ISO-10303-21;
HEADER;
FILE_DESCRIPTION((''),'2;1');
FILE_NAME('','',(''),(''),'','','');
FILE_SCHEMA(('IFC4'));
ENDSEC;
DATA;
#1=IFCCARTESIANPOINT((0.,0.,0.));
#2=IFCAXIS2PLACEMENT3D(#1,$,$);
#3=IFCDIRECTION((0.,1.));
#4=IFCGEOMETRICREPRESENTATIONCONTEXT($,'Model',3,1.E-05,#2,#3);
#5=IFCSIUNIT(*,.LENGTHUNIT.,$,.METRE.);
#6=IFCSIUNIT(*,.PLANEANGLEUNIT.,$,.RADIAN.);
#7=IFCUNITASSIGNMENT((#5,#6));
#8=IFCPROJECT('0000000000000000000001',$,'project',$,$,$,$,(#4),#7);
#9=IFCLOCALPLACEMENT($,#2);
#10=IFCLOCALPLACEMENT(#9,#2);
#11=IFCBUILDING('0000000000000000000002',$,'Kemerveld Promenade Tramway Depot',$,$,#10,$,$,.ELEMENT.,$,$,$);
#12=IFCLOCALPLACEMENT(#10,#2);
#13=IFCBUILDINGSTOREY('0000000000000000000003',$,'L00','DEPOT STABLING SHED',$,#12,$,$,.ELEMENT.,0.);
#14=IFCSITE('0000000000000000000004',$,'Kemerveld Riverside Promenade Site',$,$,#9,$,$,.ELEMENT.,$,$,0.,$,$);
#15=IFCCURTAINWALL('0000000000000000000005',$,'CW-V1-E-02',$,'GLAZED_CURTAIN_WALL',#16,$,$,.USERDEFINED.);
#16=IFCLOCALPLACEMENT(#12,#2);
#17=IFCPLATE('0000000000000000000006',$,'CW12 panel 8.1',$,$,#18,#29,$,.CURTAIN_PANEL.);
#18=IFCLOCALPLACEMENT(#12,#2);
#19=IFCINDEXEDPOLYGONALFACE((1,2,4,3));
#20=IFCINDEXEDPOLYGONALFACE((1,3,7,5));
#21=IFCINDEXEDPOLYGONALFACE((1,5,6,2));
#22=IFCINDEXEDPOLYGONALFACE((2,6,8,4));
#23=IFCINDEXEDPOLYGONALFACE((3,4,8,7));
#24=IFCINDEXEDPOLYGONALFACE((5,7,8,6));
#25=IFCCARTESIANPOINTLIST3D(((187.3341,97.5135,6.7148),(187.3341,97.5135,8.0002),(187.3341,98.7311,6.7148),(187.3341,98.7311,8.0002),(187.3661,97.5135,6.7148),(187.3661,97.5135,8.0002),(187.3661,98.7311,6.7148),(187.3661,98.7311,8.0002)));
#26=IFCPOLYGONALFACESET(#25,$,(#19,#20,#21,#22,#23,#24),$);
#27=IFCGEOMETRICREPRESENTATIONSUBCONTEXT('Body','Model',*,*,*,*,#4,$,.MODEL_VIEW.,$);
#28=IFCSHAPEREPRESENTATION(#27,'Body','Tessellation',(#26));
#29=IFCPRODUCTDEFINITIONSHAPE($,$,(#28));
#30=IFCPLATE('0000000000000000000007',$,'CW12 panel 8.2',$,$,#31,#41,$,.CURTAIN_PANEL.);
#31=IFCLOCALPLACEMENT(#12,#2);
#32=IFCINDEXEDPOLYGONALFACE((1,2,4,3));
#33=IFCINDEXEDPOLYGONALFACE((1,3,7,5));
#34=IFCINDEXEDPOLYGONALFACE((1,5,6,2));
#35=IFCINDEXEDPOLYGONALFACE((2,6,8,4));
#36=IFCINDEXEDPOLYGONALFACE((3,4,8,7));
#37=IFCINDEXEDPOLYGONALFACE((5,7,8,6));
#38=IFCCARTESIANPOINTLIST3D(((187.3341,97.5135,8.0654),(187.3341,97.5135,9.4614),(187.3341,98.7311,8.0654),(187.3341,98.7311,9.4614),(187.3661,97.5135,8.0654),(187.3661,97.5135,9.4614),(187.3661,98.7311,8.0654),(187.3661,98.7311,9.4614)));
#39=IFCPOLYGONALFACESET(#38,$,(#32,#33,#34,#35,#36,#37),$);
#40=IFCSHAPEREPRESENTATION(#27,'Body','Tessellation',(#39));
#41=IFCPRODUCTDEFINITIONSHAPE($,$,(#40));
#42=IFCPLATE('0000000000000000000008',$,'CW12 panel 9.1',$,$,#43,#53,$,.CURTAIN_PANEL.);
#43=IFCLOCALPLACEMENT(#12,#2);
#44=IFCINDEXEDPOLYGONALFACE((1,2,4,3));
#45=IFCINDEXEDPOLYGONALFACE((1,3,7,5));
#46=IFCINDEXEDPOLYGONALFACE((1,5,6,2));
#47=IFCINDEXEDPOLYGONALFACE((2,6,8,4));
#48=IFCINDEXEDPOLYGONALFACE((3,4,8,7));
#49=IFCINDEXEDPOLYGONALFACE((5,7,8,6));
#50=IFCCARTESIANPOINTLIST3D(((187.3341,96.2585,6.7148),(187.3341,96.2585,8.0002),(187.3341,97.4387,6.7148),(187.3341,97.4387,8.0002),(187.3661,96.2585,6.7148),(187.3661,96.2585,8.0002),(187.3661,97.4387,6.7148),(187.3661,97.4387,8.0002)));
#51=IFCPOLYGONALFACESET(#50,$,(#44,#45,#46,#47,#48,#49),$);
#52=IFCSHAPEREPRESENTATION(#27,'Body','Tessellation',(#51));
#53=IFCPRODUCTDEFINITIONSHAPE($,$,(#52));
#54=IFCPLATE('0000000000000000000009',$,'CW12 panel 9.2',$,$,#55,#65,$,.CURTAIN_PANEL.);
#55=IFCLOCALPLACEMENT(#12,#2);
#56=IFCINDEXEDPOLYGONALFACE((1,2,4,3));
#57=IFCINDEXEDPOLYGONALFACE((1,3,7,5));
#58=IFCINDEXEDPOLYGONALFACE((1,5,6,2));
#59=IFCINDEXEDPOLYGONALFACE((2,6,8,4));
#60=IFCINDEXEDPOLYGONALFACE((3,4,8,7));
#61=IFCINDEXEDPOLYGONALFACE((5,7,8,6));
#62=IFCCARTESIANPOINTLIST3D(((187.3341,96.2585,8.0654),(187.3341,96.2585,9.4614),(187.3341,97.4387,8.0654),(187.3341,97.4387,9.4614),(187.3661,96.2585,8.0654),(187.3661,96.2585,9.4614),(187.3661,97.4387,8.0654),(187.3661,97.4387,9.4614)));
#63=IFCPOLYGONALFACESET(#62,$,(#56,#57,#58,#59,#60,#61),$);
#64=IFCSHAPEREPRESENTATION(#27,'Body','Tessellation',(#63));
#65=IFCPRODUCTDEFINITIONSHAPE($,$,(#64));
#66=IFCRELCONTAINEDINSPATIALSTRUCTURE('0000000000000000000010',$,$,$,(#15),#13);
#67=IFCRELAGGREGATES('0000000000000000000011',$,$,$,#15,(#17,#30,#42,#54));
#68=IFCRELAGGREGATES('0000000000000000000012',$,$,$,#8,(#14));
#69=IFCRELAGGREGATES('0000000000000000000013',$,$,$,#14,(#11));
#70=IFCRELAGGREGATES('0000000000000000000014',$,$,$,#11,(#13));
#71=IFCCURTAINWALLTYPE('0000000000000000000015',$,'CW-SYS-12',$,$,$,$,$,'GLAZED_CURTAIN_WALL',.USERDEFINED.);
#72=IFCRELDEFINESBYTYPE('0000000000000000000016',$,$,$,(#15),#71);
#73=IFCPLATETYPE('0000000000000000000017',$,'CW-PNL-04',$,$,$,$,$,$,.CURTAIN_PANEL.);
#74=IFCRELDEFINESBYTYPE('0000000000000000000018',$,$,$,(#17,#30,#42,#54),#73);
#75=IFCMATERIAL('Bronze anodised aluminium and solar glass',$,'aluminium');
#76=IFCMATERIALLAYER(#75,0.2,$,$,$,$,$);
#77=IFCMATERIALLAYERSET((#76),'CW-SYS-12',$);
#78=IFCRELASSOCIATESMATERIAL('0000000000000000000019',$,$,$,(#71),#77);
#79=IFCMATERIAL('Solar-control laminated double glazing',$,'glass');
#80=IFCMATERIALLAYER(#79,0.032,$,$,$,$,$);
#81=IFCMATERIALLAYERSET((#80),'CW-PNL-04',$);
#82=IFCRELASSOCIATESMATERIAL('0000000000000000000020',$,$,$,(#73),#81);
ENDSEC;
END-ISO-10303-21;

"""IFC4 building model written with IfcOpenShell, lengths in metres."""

from ifc_helpers import new_model, si_unit, direction, frame, origin, origin_2d, place, context, subcontext, project, spatial, rectangle, extrude, material, layer, layer_set, type_object, element, aggregate, save


model = new_model("IFC4")

# Units and contexts
model_context = context("Model", 3, precision=1e-05, world=origin(), true_north=direction((0.0, 1.0)))
body_context = subcontext(model_context, "Body", "Model", "MODEL_VIEW")
ifc_project = project(units=[si_unit("LENGTHUNIT", "METRE"), si_unit("PLANEANGLEUNIT", "RADIAN")], contexts=[model_context])

# Site, building, storey
site_placement = place(None, origin())
site = spatial("IfcSite", under=ifc_project, at=site_placement, Name="Kemerveld Riverside Promenade Site", CompositionType="ELEMENT", RefElevation=0.0)
building_placement = place(site_placement, origin())
building = spatial("IfcBuilding", under=site, at=building_placement, Name="Kemerveld Promenade Tramway Depot", CompositionType="ELEMENT")
storey_placement = place(building_placement, origin())
storey = spatial("IfcBuildingStorey", under=building, at=storey_placement, Name="L00", Description="DEPOT STABLING SHED", CompositionType="ELEMENT", Elevation=0.0)

# Curtain wall, plates
ifc_material_1 = material(Name="Bronze anodised aluminium and solar glass", Category="aluminium")
ifc_layer_1 = layer(ifc_material_1, 0.2)
ifc_layer_set_1 = layer_set([ifc_layer_1], Name="CW-SYS-12")
curtain_wall_type = type_object("IfcCurtainWallType", Name="CW-SYS-12", ElementType="GLAZED_CURTAIN_WALL", PredefinedType="USERDEFINED", material=ifc_layer_set_1)
curtain_wall_placement = place(storey_placement, origin())
curtain_wall = element("IfcCurtainWall", 1, at=curtain_wall_placement, inside=storey, type_object=curtain_wall_type, Name="CW-V1-E-02", ObjectType="GLAZED_CURTAIN_WALL", PredefinedType="USERDEFINED")
ifc_material_2 = material(Name="Solar-control laminated double glazing", Category="glass")
ifc_layer_2 = layer(ifc_material_2, 0.032)
ifc_layer_set_2 = layer_set([ifc_layer_2], Name="CW-PNL-04")
plate_type = type_object("IfcPlateType", Name="CW-PNL-04", PredefinedType="CURTAIN_PANEL", material=ifc_layer_set_2)
plate_1_placement = place(storey_placement, frame((187.3501, 98.1223, 6.7148), z_axis=(0.0, 0.0, 1.0), x_axis=(0.0, -1.0, 0.0)))
plate_1 = element("IfcPlate", 2, at=plate_1_placement, type_object=plate_type, Name="CW12 panel 8.1", PredefinedType="CURTAIN_PANEL", context=body_context, shape_type="SweptSolid", body=[
    extrude(rectangle(XDim=1.2175, YDim=0.032, at=origin_2d()), origin(), (0.0, 0.0, 1.0), 1.2854),
])
plate_2_placement = place(storey_placement, frame((187.3501, 98.1223, 8.0654), z_axis=(0.0, 0.0, 1.0), x_axis=(0.0, -1.0, 0.0)))
plate_2 = element("IfcPlate", 3, at=plate_2_placement, type_object=plate_type, Name="CW12 panel 8.2", PredefinedType="CURTAIN_PANEL", context=body_context, shape_type="SweptSolid", body=[
    extrude(rectangle(XDim=1.2175, YDim=0.032, at=origin_2d()), origin(), (0.0, 0.0, 1.0), 1.396),
])
plate_3_placement = place(storey_placement, frame((187.3501, 96.8486, 6.7148), z_axis=(0.0, 0.0, 1.0), x_axis=(0.0, -1.0, 0.0)))
plate_3 = element("IfcPlate", 4, at=plate_3_placement, type_object=plate_type, Name="CW12 panel 9.1", PredefinedType="CURTAIN_PANEL", context=body_context, shape_type="SweptSolid", body=[
    extrude(rectangle(XDim=1.1802, YDim=0.032, at=origin_2d()), origin(), (0.0, 0.0, 1.0), 1.2854),
])
plate_4_placement = place(storey_placement, frame((187.3501, 96.8486, 8.0654), z_axis=(0.0, 0.0, 1.0), x_axis=(0.0, -1.0, 0.0)))
plate_4 = element("IfcPlate", 5, at=plate_4_placement, type_object=plate_type, Name="CW12 panel 9.2", PredefinedType="CURTAIN_PANEL", context=body_context, shape_type="SweptSolid", body=[
    extrude(rectangle(XDim=1.1802, YDim=0.032, at=origin_2d()), origin(), (0.0, 0.0, 1.0), 1.396),
])
aggregate(curtain_wall, [plate_1, plate_2, plate_3, plate_4])

save(model, "model.ifc")
